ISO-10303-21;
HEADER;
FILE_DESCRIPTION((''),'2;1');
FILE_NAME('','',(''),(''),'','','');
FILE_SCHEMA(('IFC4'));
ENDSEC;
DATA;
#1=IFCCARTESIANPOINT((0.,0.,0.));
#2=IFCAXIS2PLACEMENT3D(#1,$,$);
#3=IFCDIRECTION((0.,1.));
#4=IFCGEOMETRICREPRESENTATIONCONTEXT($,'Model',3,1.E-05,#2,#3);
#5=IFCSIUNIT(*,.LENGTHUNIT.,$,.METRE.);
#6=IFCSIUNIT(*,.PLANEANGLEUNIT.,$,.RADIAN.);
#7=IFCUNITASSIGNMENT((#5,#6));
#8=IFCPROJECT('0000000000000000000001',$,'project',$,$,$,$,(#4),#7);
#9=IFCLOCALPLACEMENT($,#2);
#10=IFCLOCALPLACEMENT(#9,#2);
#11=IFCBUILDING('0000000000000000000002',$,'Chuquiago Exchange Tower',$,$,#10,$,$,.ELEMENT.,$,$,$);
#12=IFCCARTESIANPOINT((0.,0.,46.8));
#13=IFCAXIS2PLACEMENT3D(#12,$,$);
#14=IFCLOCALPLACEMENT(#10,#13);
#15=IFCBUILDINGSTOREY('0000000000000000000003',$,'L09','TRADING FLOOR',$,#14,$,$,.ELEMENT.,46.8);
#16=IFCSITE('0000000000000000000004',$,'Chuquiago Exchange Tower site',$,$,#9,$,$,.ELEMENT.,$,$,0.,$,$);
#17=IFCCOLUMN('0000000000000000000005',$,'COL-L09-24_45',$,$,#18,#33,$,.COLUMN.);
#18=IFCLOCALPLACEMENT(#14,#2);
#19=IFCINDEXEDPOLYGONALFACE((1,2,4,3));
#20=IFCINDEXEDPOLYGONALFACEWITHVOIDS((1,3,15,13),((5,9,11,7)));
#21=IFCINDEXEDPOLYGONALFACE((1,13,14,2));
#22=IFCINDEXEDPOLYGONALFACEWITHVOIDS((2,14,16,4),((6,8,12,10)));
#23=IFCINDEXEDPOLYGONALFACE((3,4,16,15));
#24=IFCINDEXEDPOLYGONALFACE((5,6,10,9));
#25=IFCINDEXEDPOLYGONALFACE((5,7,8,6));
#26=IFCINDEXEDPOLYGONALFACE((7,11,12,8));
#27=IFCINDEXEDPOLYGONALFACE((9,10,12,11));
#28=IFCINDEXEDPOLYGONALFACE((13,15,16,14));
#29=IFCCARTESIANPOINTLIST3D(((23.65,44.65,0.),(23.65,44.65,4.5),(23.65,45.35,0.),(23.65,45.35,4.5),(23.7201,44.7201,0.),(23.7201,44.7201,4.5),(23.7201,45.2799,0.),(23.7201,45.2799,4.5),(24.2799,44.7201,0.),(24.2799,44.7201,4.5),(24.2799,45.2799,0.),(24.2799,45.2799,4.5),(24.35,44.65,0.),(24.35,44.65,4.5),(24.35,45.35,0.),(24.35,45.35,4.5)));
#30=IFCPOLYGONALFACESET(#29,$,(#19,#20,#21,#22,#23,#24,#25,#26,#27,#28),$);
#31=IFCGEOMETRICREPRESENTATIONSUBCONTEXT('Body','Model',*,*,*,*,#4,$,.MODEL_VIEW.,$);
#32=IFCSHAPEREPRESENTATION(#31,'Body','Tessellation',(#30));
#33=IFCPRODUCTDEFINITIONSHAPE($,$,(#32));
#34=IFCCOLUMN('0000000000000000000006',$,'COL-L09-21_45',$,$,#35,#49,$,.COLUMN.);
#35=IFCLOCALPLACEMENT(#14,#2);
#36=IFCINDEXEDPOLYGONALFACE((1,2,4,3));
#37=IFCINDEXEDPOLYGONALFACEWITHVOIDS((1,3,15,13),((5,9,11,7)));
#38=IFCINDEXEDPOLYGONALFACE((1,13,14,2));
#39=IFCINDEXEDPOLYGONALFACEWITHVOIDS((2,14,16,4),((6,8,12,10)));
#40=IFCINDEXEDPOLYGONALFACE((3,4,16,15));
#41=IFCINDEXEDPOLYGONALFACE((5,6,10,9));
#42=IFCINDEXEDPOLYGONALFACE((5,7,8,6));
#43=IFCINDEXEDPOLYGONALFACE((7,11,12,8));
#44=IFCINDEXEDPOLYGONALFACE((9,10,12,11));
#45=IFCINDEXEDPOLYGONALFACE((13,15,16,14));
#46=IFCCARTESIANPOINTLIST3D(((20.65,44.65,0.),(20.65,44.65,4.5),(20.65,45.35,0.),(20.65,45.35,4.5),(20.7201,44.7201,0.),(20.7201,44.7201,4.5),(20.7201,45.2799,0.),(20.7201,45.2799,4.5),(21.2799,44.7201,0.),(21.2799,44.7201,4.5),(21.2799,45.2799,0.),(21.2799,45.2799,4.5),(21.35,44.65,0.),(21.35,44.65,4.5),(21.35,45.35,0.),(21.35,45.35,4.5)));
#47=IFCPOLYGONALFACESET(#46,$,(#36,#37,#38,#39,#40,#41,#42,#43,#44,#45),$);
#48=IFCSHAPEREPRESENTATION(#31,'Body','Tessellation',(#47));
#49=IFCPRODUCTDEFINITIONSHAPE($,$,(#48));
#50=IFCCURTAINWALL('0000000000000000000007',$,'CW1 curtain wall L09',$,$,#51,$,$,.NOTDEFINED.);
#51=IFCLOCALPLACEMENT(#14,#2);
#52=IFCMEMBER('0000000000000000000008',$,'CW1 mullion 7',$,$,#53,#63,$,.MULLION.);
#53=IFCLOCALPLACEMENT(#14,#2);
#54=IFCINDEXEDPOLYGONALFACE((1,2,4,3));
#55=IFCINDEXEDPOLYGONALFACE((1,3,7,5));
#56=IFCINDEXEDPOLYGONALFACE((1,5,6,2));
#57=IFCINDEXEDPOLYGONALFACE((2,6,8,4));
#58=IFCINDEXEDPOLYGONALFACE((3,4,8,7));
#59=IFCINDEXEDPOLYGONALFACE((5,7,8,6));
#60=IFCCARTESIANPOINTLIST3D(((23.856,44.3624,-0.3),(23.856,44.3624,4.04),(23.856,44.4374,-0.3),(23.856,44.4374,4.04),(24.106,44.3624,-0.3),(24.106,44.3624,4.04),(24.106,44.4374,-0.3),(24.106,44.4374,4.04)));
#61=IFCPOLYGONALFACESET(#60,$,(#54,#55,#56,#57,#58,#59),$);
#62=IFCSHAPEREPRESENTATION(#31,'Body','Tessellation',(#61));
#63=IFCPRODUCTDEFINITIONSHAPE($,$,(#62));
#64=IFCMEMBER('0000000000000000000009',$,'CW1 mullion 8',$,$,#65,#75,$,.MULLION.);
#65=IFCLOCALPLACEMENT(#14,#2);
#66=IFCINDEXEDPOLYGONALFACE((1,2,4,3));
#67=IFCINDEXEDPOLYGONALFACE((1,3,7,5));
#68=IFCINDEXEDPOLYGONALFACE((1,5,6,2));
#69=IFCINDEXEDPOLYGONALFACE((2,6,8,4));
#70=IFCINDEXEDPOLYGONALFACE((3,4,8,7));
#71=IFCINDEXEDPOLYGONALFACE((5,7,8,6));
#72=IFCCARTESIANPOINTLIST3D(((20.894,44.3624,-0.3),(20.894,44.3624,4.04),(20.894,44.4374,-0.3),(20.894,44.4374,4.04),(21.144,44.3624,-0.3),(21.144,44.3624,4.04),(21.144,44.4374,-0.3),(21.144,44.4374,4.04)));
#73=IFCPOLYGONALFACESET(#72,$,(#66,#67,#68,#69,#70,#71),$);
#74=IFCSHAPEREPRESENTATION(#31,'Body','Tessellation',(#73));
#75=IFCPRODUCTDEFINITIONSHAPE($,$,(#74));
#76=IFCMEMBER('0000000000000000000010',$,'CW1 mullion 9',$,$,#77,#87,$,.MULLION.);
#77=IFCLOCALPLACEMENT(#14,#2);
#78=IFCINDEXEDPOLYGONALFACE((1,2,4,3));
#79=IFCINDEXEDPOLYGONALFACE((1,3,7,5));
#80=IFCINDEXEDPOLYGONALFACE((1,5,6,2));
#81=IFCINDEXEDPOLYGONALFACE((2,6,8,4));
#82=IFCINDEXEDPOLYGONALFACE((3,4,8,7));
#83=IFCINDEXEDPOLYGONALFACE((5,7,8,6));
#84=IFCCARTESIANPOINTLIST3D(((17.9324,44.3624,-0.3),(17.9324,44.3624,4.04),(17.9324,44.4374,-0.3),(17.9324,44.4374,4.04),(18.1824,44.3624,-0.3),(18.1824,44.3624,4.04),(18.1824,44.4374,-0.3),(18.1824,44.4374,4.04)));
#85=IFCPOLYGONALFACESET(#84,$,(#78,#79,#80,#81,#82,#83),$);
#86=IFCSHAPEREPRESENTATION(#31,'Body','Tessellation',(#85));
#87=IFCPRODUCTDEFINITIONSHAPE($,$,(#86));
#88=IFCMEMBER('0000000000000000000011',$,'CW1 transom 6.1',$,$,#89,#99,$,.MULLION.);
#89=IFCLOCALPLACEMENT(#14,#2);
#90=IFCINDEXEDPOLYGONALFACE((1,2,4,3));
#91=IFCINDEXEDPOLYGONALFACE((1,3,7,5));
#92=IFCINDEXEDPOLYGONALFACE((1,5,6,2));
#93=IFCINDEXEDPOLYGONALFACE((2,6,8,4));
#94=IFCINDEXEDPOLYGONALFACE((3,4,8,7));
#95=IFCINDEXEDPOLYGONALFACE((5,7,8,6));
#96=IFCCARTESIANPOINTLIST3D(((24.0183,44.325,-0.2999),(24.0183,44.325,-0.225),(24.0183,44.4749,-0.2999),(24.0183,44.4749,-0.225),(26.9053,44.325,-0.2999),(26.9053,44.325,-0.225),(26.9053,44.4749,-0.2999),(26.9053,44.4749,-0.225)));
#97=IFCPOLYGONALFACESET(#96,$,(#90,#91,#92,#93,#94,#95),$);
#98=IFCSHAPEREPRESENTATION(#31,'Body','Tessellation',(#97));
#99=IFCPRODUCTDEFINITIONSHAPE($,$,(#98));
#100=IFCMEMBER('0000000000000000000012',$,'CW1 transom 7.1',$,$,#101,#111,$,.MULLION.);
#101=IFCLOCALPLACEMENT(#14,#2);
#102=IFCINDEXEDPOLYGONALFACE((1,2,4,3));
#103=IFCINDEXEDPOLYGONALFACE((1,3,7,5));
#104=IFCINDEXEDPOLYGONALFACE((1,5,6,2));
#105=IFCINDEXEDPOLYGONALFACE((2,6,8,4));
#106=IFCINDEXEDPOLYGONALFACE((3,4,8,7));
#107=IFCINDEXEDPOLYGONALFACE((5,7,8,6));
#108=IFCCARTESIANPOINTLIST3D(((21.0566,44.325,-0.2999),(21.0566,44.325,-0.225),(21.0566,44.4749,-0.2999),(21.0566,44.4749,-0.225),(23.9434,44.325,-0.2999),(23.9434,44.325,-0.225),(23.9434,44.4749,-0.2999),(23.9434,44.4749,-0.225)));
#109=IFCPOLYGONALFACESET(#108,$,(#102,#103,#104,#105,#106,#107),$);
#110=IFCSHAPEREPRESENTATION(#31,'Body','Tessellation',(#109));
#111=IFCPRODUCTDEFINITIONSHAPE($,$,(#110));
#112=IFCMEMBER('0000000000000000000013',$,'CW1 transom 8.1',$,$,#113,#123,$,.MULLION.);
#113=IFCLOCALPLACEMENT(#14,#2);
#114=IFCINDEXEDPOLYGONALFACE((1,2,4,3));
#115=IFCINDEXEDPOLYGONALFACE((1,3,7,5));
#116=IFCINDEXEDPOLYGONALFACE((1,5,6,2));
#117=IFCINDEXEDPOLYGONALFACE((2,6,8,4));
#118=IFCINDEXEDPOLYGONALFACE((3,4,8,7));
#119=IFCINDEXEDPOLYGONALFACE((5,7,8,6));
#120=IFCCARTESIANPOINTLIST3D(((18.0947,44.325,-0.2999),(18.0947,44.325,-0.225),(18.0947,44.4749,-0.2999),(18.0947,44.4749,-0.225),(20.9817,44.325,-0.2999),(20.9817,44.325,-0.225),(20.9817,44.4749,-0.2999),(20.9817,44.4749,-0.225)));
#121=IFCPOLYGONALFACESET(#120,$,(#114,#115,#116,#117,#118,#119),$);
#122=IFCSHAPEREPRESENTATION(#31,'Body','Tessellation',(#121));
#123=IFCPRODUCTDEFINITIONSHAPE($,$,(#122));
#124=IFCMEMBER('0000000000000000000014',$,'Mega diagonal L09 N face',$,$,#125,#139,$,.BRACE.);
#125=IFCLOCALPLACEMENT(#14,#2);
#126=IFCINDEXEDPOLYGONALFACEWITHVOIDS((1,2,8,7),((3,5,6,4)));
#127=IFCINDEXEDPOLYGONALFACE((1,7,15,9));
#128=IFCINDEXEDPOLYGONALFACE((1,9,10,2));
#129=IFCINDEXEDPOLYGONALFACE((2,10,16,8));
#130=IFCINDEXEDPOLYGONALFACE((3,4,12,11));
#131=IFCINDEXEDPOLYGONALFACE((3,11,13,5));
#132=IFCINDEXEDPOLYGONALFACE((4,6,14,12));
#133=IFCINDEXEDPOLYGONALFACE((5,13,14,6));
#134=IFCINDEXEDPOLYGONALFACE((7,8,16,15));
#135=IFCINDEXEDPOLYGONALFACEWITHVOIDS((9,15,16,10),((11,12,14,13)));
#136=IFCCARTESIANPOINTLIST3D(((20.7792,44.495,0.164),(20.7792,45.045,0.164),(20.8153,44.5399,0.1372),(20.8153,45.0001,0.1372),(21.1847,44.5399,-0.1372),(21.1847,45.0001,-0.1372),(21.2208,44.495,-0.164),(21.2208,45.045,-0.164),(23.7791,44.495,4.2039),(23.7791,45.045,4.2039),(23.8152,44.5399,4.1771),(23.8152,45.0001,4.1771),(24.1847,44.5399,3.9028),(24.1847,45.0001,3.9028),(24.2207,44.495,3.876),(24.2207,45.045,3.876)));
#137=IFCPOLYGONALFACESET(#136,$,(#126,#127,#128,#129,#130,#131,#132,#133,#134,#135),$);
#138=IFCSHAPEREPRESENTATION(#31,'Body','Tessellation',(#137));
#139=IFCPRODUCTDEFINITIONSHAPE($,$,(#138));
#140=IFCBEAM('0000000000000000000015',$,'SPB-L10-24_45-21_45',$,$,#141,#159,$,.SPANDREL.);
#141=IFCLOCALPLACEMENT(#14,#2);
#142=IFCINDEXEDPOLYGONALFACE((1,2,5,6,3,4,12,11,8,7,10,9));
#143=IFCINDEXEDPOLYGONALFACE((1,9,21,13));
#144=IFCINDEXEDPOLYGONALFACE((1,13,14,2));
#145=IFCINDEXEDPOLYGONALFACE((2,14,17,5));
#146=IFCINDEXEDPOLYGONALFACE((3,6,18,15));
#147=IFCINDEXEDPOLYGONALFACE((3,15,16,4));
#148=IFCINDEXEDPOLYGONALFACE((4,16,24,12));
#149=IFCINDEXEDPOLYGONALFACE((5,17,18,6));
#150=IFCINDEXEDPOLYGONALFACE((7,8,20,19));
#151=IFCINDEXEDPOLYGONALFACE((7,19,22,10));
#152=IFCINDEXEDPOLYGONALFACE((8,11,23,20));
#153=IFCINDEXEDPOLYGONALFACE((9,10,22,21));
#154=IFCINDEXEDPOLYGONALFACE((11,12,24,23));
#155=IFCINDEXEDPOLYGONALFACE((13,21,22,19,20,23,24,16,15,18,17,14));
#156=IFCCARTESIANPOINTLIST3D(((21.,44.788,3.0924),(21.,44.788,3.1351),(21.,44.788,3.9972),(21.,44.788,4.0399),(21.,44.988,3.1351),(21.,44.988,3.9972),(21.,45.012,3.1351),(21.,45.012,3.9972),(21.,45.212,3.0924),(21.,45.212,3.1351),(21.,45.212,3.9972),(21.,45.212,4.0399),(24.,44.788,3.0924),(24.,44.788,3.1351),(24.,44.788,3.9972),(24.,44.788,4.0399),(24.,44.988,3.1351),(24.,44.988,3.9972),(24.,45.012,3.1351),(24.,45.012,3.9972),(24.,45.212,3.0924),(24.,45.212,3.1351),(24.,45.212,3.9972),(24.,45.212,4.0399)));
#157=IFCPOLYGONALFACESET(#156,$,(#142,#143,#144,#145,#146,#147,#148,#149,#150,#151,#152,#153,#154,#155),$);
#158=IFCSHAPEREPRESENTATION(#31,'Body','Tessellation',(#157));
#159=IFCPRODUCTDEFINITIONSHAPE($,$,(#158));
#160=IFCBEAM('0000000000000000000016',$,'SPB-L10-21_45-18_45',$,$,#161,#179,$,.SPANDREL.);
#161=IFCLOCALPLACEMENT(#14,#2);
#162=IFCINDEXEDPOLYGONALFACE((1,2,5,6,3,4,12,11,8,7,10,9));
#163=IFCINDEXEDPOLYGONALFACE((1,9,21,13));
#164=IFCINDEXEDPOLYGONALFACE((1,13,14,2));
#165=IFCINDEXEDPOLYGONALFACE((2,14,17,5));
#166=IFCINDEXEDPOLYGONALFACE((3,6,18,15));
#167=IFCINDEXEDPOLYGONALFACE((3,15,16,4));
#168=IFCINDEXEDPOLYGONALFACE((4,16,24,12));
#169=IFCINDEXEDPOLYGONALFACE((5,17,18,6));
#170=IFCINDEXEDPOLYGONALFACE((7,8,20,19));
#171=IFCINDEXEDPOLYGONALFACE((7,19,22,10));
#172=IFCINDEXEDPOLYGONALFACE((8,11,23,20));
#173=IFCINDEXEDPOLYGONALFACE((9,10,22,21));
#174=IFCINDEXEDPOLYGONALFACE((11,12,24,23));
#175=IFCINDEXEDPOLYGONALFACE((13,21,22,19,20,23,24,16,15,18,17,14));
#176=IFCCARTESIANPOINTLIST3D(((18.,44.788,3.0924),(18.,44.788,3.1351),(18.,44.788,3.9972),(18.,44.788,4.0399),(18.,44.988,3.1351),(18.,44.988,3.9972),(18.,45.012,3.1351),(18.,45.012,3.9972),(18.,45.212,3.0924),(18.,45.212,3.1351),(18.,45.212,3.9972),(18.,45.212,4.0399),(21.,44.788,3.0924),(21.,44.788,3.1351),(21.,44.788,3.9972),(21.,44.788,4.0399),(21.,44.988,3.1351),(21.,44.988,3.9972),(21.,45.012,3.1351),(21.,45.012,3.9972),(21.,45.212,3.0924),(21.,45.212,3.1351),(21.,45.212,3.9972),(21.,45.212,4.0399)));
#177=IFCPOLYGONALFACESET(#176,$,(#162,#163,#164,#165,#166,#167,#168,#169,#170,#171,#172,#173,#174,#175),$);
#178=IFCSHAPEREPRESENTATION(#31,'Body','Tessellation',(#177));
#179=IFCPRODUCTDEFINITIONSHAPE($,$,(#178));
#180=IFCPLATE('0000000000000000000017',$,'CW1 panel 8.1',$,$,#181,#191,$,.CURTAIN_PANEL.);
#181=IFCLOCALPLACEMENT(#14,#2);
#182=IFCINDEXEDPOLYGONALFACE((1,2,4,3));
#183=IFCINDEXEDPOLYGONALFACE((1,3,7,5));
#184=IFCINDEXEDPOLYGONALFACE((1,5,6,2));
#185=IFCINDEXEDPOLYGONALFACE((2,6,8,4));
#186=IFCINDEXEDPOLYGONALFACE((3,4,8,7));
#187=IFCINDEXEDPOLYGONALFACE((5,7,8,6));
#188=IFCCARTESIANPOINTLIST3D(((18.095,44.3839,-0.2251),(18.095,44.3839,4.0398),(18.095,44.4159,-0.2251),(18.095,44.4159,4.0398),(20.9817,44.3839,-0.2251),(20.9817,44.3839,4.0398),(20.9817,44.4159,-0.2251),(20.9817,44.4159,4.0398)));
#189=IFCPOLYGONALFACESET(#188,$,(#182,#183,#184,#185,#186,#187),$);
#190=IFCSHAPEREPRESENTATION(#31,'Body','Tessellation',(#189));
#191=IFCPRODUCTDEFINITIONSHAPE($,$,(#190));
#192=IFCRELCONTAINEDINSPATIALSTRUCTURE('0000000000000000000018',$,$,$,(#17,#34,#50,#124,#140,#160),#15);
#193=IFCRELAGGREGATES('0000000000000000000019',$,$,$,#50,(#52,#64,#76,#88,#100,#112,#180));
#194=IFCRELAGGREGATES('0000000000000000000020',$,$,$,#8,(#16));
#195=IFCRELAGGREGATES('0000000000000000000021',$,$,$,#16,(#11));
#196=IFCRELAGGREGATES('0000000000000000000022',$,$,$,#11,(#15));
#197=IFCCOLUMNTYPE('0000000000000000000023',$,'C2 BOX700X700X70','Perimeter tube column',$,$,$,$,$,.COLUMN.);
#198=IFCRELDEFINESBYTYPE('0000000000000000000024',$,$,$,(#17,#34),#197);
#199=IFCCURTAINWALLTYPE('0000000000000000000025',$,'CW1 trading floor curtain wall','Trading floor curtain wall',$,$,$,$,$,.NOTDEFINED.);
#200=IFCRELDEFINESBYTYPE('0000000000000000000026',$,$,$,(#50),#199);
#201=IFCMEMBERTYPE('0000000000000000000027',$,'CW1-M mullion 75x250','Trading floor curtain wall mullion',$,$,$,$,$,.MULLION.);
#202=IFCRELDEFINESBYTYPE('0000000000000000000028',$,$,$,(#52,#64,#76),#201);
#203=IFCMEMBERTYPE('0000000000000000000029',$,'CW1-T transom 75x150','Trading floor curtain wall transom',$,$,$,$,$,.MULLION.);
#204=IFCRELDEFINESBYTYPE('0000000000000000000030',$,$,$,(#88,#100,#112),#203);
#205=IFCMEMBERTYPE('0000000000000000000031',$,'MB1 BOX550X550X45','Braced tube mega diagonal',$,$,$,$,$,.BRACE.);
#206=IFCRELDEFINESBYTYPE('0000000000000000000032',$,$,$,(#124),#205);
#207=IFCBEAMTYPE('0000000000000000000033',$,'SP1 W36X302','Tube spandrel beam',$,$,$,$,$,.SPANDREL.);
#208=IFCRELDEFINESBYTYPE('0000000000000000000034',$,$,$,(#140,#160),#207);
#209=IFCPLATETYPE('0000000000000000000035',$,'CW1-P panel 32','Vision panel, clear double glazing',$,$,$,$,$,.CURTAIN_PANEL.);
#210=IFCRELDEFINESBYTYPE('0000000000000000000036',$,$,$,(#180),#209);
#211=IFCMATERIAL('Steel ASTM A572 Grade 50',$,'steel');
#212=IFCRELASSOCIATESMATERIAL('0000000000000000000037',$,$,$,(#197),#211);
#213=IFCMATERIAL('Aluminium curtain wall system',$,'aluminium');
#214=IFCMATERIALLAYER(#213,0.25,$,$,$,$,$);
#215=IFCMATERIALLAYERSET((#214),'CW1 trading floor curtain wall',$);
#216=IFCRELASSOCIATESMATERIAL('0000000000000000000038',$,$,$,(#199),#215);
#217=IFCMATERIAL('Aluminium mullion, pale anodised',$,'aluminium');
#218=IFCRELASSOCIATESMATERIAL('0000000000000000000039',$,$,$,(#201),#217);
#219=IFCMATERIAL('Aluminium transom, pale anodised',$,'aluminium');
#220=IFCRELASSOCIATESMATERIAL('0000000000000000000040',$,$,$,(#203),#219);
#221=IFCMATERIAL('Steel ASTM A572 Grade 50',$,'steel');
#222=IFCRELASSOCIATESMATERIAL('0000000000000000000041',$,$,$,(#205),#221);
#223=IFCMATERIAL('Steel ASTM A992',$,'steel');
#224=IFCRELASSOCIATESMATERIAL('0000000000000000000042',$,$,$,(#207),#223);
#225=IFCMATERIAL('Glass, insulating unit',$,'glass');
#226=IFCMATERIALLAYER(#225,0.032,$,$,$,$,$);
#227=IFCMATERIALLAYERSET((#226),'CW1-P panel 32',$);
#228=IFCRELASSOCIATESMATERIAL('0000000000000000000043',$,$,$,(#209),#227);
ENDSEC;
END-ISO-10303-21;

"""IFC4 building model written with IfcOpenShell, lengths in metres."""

from ifc_helpers import new_model, si_unit, direction, frame, origin, origin_2d, place, context, subcontext, project, spatial, rectangle, hollow_rectangle, i_section, extrude, material, layer, layer_set, material_profile, profile_set, type_object, element, aggregate, save


model = new_model("IFC4")

# Units and contexts
model_context = context("Model", 3, precision=1e-05, world=origin(), true_north=direction((0.0, 1.0)))
body_context = subcontext(model_context, "Body", "Model", "MODEL_VIEW")
ifc_project = project(units=[si_unit("LENGTHUNIT", "METRE"), si_unit("PLANEANGLEUNIT", "RADIAN")], contexts=[model_context])

# Site, building, storey
site_placement = place(None, origin())
site = spatial("IfcSite", under=ifc_project, at=site_placement, Name="Chuquiago Exchange Tower site", CompositionType="ELEMENT", RefElevation=0.0)
building_placement = place(site_placement, origin())
building = spatial("IfcBuilding", under=site, at=building_placement, Name="Chuquiago Exchange Tower", CompositionType="ELEMENT")
storey_placement = place(building_placement, frame((0.0, 0.0, 46.8)))
storey = spatial("IfcBuildingStorey", under=building, at=storey_placement, Name="L09", Description="TRADING FLOOR", CompositionType="ELEMENT", Elevation=46.8)

# Columns
ifc_material_1 = material(Name="Steel ASTM A572 Grade 50", Category="steel")
ifc_material_profile_1 = material_profile(ifc_material_1, hollow_rectangle(XDim=0.7, YDim=0.7, WallThickness=0.0701, at=origin_2d()), Name="BOX700X700X70")
ifc_profile_set_1 = profile_set([ifc_material_profile_1], Name="Steel ASTM A572 Grade 50")
column_type = type_object("IfcColumnType", Name="C2 BOX700X700X70", Description="Perimeter tube column", PredefinedType="COLUMN", material=ifc_profile_set_1)
for number, where, z_axis, x_axis, name in (
    (1, (24.0, 45.0, 0.0), (0.0, 0.0, 1.0), (0.0, 1.0, 0.0), "COL-L09-24_45"),
    (2, (21.0, 45.0, 0.0), (0.0, 0.0, 1.0), (0.0, 1.0, 0.0), "COL-L09-21_45"),
):
    element("IfcColumn", number, at=place(storey_placement, frame(where, z_axis=z_axis, x_axis=x_axis)), inside=storey, type_object=column_type, Name=name, PredefinedType="COLUMN", context=body_context, shape_type="SweptSolid", body=[
        extrude(hollow_rectangle(XDim=0.7, YDim=0.7, WallThickness=0.0701, at=origin_2d()), origin(), (0.0, 0.0, 1.0), 4.5),
    ])

# Curtain wall, members
ifc_material_2 = material(Name="Aluminium curtain wall system", Category="aluminium")
ifc_layer_1 = layer(ifc_material_2, 0.25)
ifc_layer_set_1 = layer_set([ifc_layer_1], Name="CW1 trading floor curtain wall")
curtain_wall_type = type_object("IfcCurtainWallType", Name="CW1 trading floor curtain wall", Description="Trading floor curtain wall", PredefinedType="NOTDEFINED", material=ifc_layer_set_1)
curtain_wall_placement = place(storey_placement, origin())
curtain_wall = element("IfcCurtainWall", 3, at=curtain_wall_placement, inside=storey, type_object=curtain_wall_type, Name="CW1 curtain wall L09", PredefinedType="NOTDEFINED")
ifc_material_3 = material(Name="Aluminium mullion, pale anodised", Category="aluminium")
ifc_material_profile_2 = material_profile(ifc_material_3, rectangle(XDim=0.075, YDim=0.25, at=origin_2d()), Name="AL 75x250")
ifc_profile_set_2 = profile_set([ifc_material_profile_2], Name="Aluminium mullion, pale anodised")
member_type_1 = type_object("IfcMemberType", Name="CW1-M mullion 75x250", Description="Trading floor curtain wall mullion", PredefinedType="MULLION", material=ifc_profile_set_2)
member_1_placement = place(storey_placement, frame((23.981, 44.3999, -0.3), z_axis=(0.0, 0.0, 1.0), x_axis=(0.0, -1.0, 0.0)))
member_1 = element("IfcMember", 4, at=member_1_placement, type_object=member_type_1, Name="CW1 mullion 7", PredefinedType="MULLION", context=body_context, shape_type="SweptSolid", body=[
    extrude(rectangle(XDim=0.075, YDim=0.25, at=origin_2d()), origin(), (0.0, 0.0, 1.0), 4.3401),
])
member_2_placement = place(storey_placement, frame((21.019, 44.3999, -0.3), z_axis=(0.0, 0.0, 1.0), x_axis=(0.0, -1.0, 0.0)))
member_2 = element("IfcMember", 5, at=member_2_placement, type_object=member_type_1, Name="CW1 mullion 8", PredefinedType="MULLION", context=body_context, shape_type="SweptSolid", body=[
    extrude(rectangle(XDim=0.075, YDim=0.25, at=origin_2d()), origin(), (0.0, 0.0, 1.0), 4.3401),
])
member_3_placement = place(storey_placement, frame((18.0574, 44.3999, -0.3), z_axis=(0.0, 0.0, 1.0), x_axis=(0.0, -1.0, 0.0)))
member_3 = element("IfcMember", 6, at=member_3_placement, type_object=member_type_1, Name="CW1 mullion 9", PredefinedType="MULLION", context=body_context, shape_type="SweptSolid", body=[
    extrude(rectangle(XDim=0.075, YDim=0.25, at=origin_2d()), origin(), (0.0, 0.0, 1.0), 4.3401),
])
ifc_material_4 = material(Name="Aluminium transom, pale anodised", Category="aluminium")
ifc_material_profile_3 = material_profile(ifc_material_4, rectangle(XDim=0.1499, YDim=0.075, at=origin_2d()), Name="AL 150x75")
ifc_profile_set_3 = profile_set([ifc_material_profile_3], Name="Aluminium transom, pale anodised")
member_type_2 = type_object("IfcMemberType", Name="CW1-T transom 75x150", Description="Trading floor curtain wall transom", PredefinedType="MULLION", material=ifc_profile_set_3)
member_4_placement = place(storey_placement, frame((26.9053, 44.3999, -0.2625), z_axis=(-1.0, 0.0, 0.0), x_axis=(0.0, -1.0, 0.0)))
member_4 = element("IfcMember", 7, at=member_4_placement, type_object=member_type_2, Name="CW1 transom 6.1", PredefinedType="MULLION", context=body_context, shape_type="SweptSolid", body=[
    extrude(rectangle(XDim=0.1499, YDim=0.075, at=origin_2d()), origin(), (0.0, 0.0, 1.0), 2.887),
])
member_5_placement = place(storey_placement, frame((23.9434, 44.3999, -0.2625), z_axis=(-1.0, 0.0, 0.0), x_axis=(0.0, -1.0, 0.0)))
member_5 = element("IfcMember", 8, at=member_5_placement, type_object=member_type_2, Name="CW1 transom 7.1", PredefinedType="MULLION", context=body_context, shape_type="SweptSolid", body=[
    extrude(rectangle(XDim=0.1499, YDim=0.075, at=origin_2d()), origin(), (0.0, 0.0, 1.0), 2.8867),
])
member_6_placement = place(storey_placement, frame((20.9817, 44.3999, -0.2625), z_axis=(-1.0, 0.0, 0.0), x_axis=(0.0, -1.0, 0.0)))
member_6 = element("IfcMember", 9, at=member_6_placement, type_object=member_type_2, Name="CW1 transom 8.1", PredefinedType="MULLION", context=body_context, shape_type="SweptSolid", body=[
    extrude(rectangle(XDim=0.1499, YDim=0.075, at=origin_2d()), origin(), (0.0, 0.0, 1.0), 2.887),
])

# Member
ifc_material_5 = material(Name="Steel ASTM A572 Grade 50", Category="steel")
ifc_material_profile_4 = material_profile(ifc_material_5, hollow_rectangle(XDim=0.55, YDim=0.55, WallThickness=0.0449, at=origin_2d()), Name="BOX550X550X45")
ifc_profile_set_4 = profile_set([ifc_material_profile_4], Name="Steel ASTM A572 Grade 50")
member_type_3 = type_object("IfcMemberType", Name="MB1 BOX550X550X45", Description="Braced tube mega diagonal", PredefinedType="BRACE", material=ifc_profile_set_4)
member_7_placement = place(storey_placement, frame((21.0, 44.77, 0.0), z_axis=(0.596174, 0.0, 0.802855), x_axis=(0.0, 1.0, 0.0)))
element("IfcMember", 10, at=member_7_placement, inside=storey, type_object=member_type_3, Name="Mega diagonal L09 N face", PredefinedType="BRACE", context=body_context, shape_type="SweptSolid", body=[
    extrude(hollow_rectangle(XDim=0.55, YDim=0.55, WallThickness=0.0449, at=origin_2d()), origin(), (0.0, 0.0, 1.0), 5.032),
])

# Beams
ifc_material_6 = material(Name="Steel ASTM A992", Category="steel")
ifc_material_profile_5 = material_profile(ifc_material_6, i_section(OverallWidth=0.4241, OverallDepth=0.9475, WebThickness=0.0239, FlangeThickness=0.0427, at=origin_2d()), Name="W36X302")
ifc_profile_set_5 = profile_set([ifc_material_profile_5], Name="Steel ASTM A992")
beam_type = type_object("IfcBeamType", Name="SP1 W36X302", Description="Tube spandrel beam", PredefinedType="SPANDREL", material=ifc_profile_set_5)
for number, where, z_axis, x_axis, name in (
    (11, (24.0, 45.0, 3.5662), (-1.0, 0.0, 0.0), (0.0, -1.0, 0.0), "SPB-L10-24_45-21_45"),
    (12, (21.0, 45.0, 3.5662), (-1.0, 0.0, 0.0), (0.0, -1.0, 0.0), "SPB-L10-21_45-18_45"),
):
    element("IfcBeam", number, at=place(storey_placement, frame(where, z_axis=z_axis, x_axis=x_axis)), inside=storey, type_object=beam_type, Name=name, PredefinedType="SPANDREL", context=body_context, shape_type="SweptSolid", body=[
        extrude(i_section(OverallWidth=0.4241, OverallDepth=0.9475, WebThickness=0.0239, FlangeThickness=0.0427, at=origin_2d()), origin(), (0.0, 0.0, 1.0), 3.0),
    ])

# Plate
ifc_material_7 = material(Name="Glass, insulating unit", Category="glass")
ifc_layer_2 = layer(ifc_material_7, 0.032)
ifc_layer_set_2 = layer_set([ifc_layer_2], Name="CW1-P panel 32")
plate_type_1 = type_object("IfcPlateType", Name="CW1-P panel 32", Description="Vision panel, clear double glazing", PredefinedType="CURTAIN_PANEL", material=ifc_layer_set_2)
plate_1_placement = place(storey_placement, frame((19.5383, 44.3999, -0.2251), z_axis=(0.0, 0.0, 1.0), x_axis=(-1.0, 0.0, 0.0)))
plate_1 = element("IfcPlate", 13, at=plate_1_placement, type_object=plate_type_1, Name="CW1 panel 8.1", PredefinedType="CURTAIN_PANEL", context=body_context, shape_type="SweptSolid", body=[
    extrude(rectangle(XDim=2.8867, YDim=0.032, at=origin_2d()), origin(), (0.0, 0.0, 1.0), 4.2649),
])
aggregate(curtain_wall, [member_1, member_2, member_3, member_4, member_5, member_6, plate_1])

save(model, "model.ifc")
